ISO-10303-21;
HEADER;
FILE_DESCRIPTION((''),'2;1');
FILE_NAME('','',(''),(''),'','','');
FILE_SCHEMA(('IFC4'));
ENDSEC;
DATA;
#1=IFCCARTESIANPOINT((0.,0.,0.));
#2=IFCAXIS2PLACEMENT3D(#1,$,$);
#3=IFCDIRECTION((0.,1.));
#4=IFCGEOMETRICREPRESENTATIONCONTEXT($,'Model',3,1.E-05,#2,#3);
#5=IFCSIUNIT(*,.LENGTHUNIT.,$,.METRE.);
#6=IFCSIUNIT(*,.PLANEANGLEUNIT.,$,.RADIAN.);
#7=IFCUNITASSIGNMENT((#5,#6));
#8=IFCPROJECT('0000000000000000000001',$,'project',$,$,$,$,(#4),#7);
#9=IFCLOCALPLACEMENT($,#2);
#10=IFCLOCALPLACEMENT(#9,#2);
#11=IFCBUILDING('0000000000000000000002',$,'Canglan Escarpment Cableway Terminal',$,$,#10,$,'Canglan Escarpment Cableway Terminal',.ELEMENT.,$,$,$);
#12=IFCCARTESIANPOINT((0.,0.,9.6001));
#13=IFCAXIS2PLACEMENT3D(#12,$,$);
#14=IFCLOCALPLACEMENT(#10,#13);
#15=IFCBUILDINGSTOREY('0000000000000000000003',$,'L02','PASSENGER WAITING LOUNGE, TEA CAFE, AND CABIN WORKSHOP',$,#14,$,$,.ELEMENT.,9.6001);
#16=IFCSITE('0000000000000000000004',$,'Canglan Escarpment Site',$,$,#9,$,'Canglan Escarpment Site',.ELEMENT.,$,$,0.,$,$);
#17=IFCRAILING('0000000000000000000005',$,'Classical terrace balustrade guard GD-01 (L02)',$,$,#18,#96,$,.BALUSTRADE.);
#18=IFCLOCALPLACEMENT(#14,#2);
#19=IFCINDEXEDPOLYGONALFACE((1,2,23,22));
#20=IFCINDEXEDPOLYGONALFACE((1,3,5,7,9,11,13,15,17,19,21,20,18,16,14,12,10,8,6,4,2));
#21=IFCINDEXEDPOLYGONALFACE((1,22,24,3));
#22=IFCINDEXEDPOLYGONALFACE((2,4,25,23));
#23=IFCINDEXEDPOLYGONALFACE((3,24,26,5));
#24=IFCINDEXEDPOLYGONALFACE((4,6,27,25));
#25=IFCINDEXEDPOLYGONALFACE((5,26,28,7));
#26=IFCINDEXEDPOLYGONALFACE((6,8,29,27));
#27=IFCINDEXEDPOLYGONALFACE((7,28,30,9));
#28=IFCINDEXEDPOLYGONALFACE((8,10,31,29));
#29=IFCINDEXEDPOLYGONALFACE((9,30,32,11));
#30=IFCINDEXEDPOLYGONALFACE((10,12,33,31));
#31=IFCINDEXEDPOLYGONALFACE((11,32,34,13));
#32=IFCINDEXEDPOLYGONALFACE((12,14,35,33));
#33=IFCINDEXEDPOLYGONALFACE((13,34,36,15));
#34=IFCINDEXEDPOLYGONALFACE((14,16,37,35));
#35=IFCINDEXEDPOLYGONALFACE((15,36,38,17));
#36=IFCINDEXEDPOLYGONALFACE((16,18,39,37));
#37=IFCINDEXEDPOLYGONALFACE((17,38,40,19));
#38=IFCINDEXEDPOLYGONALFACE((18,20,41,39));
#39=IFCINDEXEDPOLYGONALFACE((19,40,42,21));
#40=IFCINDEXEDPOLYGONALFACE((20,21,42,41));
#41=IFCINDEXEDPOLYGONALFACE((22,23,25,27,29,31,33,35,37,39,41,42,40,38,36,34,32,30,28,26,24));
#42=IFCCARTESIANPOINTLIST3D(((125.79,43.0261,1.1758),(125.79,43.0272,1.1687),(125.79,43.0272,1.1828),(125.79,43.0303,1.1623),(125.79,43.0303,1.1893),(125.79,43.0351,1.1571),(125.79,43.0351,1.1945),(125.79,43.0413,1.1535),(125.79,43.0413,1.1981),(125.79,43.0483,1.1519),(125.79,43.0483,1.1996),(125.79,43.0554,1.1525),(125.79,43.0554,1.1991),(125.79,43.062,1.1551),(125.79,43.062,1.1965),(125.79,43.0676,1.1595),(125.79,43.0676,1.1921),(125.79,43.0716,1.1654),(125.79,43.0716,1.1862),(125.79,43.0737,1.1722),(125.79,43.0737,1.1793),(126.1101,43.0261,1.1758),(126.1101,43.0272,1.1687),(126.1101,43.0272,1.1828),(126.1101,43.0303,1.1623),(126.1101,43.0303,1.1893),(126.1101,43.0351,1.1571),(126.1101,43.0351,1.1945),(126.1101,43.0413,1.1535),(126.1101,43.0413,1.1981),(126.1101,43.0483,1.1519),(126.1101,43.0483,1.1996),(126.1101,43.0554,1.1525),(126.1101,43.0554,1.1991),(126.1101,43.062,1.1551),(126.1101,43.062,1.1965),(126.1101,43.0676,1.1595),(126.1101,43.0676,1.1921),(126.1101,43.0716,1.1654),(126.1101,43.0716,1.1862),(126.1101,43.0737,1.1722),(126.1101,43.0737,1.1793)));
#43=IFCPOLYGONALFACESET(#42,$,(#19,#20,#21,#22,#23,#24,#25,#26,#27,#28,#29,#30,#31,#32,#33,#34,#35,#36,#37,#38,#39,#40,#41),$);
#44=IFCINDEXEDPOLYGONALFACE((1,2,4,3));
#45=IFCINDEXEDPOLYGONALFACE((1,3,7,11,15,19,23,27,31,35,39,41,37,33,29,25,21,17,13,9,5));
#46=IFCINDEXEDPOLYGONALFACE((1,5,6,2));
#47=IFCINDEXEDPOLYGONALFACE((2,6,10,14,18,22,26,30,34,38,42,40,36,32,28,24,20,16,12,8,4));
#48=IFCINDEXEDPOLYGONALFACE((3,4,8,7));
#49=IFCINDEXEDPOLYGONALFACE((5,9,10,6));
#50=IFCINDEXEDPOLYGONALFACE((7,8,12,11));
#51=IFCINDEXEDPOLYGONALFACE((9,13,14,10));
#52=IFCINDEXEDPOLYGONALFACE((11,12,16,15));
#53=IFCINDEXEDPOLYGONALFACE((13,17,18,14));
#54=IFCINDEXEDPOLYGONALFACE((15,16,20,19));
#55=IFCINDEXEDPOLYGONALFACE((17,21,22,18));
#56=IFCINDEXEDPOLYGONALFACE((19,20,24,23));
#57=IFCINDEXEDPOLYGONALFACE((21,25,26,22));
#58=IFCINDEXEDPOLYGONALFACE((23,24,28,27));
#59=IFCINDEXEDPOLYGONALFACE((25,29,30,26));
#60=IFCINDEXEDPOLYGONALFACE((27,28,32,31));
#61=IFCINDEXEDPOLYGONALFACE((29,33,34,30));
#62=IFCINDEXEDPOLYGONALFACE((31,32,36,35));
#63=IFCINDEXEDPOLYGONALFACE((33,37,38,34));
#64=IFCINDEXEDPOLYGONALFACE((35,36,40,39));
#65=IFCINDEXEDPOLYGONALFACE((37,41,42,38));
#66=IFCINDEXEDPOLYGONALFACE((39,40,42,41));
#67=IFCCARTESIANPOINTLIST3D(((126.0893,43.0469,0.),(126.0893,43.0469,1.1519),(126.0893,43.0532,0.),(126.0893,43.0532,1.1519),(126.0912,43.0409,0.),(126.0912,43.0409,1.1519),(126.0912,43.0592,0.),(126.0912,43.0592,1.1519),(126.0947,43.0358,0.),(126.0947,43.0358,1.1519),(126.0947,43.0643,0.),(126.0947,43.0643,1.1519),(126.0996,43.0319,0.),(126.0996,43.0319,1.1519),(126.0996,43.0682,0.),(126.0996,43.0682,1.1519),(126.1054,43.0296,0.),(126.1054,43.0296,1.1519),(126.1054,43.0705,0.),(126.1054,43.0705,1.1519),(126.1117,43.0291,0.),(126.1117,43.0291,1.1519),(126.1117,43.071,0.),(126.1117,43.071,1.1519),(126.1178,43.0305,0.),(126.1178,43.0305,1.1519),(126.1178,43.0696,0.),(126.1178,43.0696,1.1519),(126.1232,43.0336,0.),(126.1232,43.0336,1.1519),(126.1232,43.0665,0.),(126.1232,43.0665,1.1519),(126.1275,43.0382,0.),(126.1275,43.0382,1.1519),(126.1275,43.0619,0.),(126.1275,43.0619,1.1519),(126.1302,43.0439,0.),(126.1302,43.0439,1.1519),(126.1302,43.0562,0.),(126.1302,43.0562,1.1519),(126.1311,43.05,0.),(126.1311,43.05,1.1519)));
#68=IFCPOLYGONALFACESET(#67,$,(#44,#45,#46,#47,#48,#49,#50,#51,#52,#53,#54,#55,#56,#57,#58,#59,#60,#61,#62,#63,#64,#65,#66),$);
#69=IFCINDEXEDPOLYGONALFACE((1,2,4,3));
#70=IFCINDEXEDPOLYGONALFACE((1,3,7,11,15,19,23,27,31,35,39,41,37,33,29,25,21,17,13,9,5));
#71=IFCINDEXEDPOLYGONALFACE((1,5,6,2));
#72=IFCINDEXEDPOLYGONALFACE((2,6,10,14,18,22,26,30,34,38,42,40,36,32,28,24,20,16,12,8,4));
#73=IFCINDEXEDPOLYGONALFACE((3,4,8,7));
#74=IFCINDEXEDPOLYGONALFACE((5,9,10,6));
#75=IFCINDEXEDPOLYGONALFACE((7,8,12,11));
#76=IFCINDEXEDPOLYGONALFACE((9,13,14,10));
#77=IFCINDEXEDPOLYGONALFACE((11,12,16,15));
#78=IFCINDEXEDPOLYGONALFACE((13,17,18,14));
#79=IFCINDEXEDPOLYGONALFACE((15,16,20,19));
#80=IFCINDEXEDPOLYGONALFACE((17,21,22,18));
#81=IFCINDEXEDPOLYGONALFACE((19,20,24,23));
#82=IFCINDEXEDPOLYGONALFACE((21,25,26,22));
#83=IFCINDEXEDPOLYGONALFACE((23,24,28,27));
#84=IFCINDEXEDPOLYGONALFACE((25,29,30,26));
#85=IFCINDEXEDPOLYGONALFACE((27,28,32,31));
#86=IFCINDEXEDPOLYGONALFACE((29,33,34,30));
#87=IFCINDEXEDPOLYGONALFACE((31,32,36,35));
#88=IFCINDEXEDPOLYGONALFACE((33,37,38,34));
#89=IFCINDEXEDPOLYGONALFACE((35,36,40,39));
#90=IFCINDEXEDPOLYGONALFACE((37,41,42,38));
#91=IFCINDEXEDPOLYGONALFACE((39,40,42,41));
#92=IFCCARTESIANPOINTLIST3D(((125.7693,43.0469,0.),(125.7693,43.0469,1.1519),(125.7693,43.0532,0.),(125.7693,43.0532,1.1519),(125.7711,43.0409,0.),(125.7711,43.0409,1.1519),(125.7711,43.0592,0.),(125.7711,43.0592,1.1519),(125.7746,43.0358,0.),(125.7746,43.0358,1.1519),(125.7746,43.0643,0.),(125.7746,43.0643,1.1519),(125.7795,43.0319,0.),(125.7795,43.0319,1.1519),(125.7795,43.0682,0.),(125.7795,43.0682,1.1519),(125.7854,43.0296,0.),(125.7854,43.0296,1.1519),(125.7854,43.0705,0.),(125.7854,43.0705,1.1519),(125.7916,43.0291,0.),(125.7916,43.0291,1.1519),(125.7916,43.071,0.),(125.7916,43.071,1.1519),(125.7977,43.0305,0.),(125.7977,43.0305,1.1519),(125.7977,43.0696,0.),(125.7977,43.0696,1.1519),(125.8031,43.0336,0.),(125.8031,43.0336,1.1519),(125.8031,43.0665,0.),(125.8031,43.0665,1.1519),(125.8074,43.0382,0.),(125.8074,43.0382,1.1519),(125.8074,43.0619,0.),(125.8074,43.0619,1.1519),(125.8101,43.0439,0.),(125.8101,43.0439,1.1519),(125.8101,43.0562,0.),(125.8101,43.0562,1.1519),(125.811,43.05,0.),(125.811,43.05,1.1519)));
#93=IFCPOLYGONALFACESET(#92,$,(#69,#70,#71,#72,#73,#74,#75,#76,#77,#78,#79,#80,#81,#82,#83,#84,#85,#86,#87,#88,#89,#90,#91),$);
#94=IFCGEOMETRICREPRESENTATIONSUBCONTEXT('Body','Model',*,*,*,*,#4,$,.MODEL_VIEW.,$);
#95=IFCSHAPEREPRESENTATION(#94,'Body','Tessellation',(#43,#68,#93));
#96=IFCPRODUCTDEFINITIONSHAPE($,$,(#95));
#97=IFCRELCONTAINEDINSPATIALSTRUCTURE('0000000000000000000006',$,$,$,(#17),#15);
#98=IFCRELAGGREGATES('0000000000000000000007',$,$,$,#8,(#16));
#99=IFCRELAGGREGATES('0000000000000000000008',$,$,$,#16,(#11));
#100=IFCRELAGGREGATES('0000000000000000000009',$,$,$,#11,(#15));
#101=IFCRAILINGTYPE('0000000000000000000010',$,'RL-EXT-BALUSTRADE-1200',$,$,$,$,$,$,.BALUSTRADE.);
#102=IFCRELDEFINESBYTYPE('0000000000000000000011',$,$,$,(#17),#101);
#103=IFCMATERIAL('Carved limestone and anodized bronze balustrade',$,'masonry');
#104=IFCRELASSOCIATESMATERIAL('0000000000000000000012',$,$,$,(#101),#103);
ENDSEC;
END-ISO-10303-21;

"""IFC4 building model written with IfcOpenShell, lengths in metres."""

from ifc_helpers import new_model, si_unit, direction, frame, origin, origin_2d, place, context, subcontext, project, spatial, circle, extrude, material, type_object, element, save


model = new_model("IFC4")

# Units and contexts
model_context = context("Model", 3, precision=1e-05, world=origin(), true_north=direction((0.0, 1.0)))
body_context = subcontext(model_context, "Body", "Model", "MODEL_VIEW")
ifc_project = project(units=[si_unit("LENGTHUNIT", "METRE"), si_unit("PLANEANGLEUNIT", "RADIAN")], contexts=[model_context])

# Site, building, storey
site_placement = place(None, origin())
site = spatial("IfcSite", under=ifc_project, at=site_placement, Name="Canglan Escarpment Site", LongName="Canglan Escarpment Site", CompositionType="ELEMENT", RefElevation=0.0)
building_placement = place(site_placement, origin())
building = spatial("IfcBuilding", under=site, at=building_placement, Name="Canglan Escarpment Cableway Terminal", LongName="Canglan Escarpment Cableway Terminal", CompositionType="ELEMENT")
storey_placement = place(building_placement, frame((0.0, 0.0, 9.6001)))
storey = spatial("IfcBuildingStorey", under=building, at=storey_placement, Name="L02", Description="PASSENGER WAITING LOUNGE, TEA CAFE, AND CABIN WORKSHOP", CompositionType="ELEMENT", Elevation=9.6001)

# Railing
ifc_material_1 = material(Name="Carved limestone and anodized bronze balustrade", Category="masonry")
railing_type = type_object("IfcRailingType", Name="RL-EXT-BALUSTRADE-1200", PredefinedType="BALUSTRADE", material=ifc_material_1)
railing_1_placement = place(storey_placement, frame((126.1101, 43.05, 0.0)))
element("IfcRailing", 1, at=railing_1_placement, inside=storey, type_object=railing_type, Name="Classical terrace balustrade guard GD-01 (L02)", PredefinedType="BALUSTRADE", context=body_context, shape_type="SweptSolid", body=[
    extrude(circle(Radius=0.0239, at=origin_2d()), frame((0.0, 0.0, 1.1758), z_axis=(-1.0, 0.0, 0.0), x_axis=(0.0, -1.0, 0.0)), (0.0, 0.0, 1.0), 0.3201),
    extrude(circle(Radius=0.021, at=origin_2d()), origin(), (0.0, 0.0, 1.0), 1.1519),
    extrude(circle(Radius=0.021, at=origin_2d()), frame((-0.3201, 0.0, 0.0)), (0.0, 0.0, 1.0), 1.1519),
])

save(model, "model.ifc")
